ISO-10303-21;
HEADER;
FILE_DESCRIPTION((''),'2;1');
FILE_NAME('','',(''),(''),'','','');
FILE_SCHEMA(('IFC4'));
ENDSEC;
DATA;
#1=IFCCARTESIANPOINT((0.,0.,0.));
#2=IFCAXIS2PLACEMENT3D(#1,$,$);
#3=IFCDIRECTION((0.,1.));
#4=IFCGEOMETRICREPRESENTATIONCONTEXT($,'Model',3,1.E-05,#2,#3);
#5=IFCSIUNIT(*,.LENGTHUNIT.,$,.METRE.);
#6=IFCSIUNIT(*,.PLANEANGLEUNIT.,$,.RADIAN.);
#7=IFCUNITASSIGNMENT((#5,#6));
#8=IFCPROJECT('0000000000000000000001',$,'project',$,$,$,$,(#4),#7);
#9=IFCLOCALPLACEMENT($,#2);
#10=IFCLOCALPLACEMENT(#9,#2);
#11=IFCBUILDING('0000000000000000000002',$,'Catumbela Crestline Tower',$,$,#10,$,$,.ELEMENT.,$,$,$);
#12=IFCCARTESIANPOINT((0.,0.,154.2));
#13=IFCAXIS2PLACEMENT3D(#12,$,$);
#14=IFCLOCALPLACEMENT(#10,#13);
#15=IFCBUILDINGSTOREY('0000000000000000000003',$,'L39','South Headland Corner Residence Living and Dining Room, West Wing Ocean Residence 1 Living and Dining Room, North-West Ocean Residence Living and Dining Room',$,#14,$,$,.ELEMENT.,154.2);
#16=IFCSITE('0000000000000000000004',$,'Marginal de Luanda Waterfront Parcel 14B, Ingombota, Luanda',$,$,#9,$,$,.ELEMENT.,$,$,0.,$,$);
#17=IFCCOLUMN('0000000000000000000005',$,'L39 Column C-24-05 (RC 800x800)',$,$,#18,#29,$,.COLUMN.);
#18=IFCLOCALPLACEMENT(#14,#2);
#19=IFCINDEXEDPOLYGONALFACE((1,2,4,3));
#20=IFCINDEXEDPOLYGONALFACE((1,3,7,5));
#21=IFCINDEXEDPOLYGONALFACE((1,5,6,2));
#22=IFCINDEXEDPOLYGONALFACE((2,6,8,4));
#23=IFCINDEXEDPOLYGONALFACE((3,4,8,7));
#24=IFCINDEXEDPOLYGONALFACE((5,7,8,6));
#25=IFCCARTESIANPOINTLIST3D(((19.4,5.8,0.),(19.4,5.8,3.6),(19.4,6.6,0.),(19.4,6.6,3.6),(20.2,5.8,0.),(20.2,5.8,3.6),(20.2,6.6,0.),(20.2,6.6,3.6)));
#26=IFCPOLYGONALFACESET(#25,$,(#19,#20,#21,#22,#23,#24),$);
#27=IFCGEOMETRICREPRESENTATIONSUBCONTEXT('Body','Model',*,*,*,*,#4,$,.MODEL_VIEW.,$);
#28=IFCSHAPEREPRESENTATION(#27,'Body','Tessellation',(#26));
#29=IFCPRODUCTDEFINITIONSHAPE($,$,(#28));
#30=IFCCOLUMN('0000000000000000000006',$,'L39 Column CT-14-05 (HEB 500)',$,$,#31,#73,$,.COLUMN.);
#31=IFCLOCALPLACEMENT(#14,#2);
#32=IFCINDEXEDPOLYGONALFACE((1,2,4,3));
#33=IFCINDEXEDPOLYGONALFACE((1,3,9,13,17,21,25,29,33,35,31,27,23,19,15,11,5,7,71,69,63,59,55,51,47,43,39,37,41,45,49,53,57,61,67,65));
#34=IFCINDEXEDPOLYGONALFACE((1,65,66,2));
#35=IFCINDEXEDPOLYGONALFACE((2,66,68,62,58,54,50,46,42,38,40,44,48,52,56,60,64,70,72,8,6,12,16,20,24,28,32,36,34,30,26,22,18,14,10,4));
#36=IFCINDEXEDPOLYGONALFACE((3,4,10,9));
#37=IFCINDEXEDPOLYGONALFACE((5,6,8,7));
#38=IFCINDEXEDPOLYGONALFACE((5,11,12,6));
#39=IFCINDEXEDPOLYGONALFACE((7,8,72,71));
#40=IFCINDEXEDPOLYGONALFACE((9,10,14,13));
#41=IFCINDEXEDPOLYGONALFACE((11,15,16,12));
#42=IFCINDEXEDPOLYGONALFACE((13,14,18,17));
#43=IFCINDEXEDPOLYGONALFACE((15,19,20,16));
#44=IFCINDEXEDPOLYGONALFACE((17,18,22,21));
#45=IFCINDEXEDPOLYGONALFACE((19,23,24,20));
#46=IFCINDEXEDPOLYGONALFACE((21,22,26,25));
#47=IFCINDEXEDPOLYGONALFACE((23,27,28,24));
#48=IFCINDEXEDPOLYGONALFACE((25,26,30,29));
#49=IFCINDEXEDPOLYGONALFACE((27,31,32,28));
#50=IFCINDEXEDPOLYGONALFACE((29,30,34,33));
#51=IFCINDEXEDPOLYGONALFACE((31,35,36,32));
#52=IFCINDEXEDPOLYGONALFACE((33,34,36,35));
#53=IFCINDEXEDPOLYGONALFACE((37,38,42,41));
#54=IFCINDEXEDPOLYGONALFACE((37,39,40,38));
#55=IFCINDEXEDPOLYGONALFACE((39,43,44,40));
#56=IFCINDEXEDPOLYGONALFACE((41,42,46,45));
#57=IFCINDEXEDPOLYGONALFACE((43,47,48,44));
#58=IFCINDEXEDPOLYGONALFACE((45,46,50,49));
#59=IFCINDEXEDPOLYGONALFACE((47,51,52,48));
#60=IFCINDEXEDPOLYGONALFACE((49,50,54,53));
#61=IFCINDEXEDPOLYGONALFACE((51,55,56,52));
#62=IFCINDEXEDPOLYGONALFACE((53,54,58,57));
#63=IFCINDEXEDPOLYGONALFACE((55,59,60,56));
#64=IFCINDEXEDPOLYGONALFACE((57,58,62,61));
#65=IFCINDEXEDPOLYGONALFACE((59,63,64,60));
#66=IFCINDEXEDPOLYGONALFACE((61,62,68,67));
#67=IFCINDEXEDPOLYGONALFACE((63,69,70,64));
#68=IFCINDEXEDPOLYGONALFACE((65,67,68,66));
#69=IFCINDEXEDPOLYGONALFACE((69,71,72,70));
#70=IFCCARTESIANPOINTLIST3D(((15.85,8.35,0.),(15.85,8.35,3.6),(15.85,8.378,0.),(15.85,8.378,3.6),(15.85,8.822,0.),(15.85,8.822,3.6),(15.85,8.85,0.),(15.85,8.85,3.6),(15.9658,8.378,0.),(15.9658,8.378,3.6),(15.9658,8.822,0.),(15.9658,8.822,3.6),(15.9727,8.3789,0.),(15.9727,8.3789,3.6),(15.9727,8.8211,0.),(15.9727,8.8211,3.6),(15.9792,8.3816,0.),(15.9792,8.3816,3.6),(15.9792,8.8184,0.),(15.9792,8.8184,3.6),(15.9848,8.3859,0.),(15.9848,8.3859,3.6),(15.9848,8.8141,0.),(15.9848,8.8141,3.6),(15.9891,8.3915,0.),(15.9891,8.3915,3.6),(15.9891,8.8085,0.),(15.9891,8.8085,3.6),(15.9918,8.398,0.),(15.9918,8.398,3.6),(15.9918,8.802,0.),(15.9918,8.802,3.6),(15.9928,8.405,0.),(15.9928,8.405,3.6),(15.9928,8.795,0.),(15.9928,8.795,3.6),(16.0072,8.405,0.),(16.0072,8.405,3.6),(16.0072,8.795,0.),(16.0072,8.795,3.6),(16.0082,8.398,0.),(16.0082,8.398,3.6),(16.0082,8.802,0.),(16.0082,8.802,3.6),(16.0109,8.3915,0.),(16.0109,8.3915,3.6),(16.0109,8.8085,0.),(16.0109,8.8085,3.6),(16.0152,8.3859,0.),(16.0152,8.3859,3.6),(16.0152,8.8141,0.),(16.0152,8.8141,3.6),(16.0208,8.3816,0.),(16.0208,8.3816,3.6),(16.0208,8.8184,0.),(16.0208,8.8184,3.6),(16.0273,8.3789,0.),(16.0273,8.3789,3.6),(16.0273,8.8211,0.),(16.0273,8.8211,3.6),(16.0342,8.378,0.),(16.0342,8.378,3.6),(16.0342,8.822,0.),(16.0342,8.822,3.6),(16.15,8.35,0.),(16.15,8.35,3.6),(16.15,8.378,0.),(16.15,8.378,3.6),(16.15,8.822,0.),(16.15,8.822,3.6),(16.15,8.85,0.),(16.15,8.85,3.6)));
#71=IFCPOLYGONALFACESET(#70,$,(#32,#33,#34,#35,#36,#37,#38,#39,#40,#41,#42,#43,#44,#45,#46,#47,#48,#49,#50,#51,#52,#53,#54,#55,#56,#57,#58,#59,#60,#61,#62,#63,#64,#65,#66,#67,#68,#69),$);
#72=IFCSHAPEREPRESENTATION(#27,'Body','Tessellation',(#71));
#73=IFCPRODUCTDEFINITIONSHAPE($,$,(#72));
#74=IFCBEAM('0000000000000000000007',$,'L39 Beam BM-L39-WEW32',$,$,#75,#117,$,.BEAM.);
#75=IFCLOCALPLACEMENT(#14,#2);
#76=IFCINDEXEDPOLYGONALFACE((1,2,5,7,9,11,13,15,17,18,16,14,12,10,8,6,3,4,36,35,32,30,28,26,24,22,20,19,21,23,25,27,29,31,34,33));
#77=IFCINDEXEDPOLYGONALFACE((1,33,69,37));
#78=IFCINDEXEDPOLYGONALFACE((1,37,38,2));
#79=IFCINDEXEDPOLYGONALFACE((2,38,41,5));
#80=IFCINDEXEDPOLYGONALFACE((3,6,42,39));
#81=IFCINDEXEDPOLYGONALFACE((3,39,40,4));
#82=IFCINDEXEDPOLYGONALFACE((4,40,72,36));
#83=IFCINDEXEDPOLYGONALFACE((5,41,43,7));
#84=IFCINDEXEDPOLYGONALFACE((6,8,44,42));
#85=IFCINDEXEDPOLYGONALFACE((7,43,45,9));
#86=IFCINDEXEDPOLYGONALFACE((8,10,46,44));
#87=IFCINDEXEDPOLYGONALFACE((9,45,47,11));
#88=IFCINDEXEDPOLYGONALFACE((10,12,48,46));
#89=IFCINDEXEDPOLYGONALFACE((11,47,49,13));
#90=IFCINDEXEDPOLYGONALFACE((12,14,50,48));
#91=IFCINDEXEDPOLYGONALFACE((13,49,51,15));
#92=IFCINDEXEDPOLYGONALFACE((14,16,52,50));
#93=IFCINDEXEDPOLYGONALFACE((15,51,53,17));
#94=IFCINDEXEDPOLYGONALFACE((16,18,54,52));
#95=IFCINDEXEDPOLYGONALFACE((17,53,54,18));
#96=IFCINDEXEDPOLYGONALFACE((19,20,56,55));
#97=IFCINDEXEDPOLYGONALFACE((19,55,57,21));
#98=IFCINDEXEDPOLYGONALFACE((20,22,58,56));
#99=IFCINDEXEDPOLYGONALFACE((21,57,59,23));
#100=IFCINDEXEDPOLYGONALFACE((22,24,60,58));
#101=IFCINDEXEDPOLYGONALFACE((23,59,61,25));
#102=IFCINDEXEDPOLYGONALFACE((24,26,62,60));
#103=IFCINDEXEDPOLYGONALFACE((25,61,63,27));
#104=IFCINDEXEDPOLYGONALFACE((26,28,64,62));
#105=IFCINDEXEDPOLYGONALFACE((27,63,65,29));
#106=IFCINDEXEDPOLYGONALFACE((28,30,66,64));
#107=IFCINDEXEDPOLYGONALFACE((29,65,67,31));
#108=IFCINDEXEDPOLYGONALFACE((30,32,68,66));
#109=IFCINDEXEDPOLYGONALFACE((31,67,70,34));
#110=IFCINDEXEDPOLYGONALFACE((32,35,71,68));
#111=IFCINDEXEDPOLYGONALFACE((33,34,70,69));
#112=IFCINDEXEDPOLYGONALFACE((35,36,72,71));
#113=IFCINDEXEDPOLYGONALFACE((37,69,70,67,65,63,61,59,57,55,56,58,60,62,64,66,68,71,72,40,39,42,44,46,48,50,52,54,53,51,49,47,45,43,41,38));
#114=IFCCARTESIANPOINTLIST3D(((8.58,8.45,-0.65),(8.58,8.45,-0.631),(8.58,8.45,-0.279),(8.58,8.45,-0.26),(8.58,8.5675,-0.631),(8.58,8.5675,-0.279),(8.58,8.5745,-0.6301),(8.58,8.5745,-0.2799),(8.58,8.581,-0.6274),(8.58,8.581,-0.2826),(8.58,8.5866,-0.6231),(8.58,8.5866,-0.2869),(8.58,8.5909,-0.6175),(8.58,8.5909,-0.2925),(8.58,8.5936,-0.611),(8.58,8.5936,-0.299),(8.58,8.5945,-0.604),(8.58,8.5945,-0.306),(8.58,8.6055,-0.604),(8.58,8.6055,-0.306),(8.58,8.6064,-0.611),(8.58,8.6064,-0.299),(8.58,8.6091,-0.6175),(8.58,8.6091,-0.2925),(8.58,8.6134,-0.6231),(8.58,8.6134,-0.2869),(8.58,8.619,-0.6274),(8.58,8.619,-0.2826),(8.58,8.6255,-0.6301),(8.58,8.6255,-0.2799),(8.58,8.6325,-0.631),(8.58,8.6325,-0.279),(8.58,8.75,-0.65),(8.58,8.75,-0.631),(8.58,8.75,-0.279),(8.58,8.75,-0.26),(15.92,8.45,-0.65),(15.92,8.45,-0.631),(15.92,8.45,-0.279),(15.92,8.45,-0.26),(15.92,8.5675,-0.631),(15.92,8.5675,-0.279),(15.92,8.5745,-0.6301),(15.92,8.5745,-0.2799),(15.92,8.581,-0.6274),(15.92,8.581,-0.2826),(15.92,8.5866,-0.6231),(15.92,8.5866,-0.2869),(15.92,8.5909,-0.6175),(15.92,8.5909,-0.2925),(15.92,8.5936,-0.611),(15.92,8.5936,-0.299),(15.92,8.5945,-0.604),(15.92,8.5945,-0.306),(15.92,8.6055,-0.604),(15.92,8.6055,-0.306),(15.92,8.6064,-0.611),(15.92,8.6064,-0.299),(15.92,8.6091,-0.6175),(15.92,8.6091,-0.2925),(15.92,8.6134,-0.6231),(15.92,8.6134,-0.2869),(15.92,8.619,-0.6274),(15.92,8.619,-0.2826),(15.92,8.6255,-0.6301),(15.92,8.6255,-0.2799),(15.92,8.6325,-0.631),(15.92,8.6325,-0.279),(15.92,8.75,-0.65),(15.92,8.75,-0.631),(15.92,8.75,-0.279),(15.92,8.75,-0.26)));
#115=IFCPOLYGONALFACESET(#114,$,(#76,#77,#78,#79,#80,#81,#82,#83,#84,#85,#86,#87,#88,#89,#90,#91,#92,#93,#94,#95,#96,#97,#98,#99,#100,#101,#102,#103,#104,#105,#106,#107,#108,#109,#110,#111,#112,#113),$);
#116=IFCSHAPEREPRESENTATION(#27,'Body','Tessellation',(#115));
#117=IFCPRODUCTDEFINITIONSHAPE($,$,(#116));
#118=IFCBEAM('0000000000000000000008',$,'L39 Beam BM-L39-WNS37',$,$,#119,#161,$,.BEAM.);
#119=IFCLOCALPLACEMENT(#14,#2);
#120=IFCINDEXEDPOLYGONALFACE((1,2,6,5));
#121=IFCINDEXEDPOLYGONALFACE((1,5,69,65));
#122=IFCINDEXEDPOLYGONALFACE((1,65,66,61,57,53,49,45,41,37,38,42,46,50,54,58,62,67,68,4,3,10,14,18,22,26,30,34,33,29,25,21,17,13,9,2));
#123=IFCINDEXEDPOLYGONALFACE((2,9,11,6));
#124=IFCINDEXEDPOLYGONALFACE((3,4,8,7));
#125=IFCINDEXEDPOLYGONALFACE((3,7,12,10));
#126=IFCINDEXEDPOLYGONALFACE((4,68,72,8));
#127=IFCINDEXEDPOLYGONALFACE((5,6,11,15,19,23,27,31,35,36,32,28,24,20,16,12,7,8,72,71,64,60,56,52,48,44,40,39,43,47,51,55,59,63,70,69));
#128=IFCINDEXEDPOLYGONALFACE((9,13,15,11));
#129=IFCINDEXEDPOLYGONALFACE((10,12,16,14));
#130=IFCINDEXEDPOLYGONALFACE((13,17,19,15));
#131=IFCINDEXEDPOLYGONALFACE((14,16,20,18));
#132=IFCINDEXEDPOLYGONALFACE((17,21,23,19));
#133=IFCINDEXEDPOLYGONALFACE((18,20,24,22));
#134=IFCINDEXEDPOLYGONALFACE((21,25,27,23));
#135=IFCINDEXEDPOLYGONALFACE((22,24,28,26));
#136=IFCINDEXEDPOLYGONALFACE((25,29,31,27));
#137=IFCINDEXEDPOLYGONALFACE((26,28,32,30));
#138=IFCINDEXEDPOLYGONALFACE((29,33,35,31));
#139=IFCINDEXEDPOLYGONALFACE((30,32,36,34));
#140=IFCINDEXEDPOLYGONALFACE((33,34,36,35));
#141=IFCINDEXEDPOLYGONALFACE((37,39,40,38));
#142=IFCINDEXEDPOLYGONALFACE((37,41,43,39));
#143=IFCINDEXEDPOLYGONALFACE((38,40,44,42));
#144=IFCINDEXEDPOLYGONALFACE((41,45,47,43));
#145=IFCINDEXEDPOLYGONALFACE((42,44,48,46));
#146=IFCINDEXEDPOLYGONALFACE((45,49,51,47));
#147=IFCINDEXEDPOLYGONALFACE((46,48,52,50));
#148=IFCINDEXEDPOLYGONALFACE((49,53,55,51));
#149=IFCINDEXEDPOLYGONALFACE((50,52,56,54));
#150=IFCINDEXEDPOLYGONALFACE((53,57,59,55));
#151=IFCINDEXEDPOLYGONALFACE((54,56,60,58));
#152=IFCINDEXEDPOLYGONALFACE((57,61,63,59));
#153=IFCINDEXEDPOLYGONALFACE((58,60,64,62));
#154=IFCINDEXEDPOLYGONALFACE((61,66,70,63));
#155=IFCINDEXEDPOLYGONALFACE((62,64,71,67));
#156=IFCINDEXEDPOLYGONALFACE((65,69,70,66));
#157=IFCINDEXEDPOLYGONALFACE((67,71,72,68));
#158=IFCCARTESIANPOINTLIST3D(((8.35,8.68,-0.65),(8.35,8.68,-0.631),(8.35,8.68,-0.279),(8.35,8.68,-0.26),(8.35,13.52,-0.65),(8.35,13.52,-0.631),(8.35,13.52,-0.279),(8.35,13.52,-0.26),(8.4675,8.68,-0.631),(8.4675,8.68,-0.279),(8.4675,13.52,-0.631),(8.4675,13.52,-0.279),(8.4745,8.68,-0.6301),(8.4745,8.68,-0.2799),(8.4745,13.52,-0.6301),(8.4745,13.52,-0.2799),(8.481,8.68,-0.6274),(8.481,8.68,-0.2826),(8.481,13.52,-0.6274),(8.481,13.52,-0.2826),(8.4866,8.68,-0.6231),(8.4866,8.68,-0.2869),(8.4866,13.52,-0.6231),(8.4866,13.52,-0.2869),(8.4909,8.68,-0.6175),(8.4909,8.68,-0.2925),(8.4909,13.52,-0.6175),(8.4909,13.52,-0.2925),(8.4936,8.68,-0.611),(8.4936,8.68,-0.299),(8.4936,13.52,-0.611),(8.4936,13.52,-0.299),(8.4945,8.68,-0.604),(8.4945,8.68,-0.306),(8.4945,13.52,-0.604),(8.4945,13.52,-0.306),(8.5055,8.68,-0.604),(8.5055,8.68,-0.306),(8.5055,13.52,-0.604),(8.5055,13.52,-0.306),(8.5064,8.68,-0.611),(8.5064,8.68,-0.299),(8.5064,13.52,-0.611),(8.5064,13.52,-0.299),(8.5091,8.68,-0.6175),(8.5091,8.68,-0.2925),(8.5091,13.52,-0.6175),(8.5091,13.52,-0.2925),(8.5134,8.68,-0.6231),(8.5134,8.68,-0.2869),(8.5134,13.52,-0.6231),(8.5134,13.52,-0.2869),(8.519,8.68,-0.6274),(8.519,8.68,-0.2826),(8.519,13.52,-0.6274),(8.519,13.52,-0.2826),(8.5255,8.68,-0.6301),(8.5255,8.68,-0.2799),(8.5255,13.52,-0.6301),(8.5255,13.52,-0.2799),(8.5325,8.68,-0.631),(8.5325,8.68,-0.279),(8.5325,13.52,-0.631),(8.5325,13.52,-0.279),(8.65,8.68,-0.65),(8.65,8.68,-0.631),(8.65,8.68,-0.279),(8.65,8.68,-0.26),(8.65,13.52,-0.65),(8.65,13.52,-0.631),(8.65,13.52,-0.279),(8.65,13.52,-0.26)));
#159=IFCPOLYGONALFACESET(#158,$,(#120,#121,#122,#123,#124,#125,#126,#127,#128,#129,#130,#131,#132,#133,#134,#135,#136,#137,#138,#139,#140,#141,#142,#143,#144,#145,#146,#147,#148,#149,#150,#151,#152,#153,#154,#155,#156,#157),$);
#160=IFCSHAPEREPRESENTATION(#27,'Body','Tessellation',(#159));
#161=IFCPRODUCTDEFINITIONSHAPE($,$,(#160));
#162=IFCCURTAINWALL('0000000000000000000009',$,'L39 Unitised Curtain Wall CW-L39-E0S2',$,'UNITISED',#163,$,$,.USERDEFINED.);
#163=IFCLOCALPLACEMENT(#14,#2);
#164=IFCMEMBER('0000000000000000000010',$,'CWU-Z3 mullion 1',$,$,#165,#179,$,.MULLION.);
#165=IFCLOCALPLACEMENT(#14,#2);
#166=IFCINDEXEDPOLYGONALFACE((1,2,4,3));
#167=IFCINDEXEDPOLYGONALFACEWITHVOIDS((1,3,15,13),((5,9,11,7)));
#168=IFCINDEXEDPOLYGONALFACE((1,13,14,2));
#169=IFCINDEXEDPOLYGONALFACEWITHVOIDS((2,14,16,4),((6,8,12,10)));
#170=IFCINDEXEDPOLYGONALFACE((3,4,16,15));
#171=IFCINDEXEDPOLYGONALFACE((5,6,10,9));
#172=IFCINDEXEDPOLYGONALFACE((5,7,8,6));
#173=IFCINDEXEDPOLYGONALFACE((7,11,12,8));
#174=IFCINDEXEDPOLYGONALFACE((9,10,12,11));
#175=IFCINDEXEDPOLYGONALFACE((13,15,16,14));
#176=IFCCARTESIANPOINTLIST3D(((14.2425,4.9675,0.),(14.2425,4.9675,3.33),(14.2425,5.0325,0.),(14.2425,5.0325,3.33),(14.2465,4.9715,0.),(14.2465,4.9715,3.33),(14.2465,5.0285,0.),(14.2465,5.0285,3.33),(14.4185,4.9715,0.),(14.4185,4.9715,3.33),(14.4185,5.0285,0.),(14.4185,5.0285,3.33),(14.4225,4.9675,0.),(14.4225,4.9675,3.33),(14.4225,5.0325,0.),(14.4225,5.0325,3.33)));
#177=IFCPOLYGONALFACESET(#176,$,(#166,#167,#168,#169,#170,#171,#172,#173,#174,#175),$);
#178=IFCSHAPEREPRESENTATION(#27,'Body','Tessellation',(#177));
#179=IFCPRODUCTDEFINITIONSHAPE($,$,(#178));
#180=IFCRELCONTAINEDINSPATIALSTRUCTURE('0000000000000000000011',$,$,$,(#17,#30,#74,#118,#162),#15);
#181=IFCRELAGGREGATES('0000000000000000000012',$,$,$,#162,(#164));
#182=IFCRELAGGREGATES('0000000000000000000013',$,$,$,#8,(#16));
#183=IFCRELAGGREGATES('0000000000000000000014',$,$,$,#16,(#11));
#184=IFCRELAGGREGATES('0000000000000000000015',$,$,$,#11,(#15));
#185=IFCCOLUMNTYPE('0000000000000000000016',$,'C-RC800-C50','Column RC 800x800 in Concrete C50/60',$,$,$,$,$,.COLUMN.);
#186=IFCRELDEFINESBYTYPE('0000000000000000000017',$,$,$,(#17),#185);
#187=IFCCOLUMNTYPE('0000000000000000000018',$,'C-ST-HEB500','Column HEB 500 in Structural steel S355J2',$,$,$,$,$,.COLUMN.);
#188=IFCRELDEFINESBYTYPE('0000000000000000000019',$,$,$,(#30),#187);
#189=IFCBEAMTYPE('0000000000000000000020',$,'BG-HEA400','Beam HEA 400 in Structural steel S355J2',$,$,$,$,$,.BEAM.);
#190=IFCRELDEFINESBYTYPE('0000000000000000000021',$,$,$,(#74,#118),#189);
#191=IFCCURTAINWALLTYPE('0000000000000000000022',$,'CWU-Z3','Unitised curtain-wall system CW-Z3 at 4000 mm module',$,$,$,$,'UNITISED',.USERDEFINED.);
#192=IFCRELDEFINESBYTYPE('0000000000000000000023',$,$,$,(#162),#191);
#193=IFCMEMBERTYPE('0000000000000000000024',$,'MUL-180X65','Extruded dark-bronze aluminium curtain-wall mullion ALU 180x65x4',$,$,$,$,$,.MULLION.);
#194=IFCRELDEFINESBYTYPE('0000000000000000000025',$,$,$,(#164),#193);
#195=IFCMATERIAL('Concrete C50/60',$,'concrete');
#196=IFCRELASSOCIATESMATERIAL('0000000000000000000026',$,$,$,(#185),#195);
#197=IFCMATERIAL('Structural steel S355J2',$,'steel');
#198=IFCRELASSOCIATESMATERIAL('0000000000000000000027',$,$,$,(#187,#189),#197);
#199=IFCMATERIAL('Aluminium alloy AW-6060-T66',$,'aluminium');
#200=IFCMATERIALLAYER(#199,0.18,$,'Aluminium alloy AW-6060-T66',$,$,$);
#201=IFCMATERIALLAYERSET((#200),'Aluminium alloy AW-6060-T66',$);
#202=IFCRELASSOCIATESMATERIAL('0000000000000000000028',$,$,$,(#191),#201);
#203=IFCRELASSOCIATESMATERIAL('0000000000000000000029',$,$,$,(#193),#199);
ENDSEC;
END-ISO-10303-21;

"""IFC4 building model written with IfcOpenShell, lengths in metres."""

from ifc_helpers import new_model, si_unit, direction, frame, origin, origin_2d, place, context, subcontext, project, spatial, rectangle, hollow_rectangle, i_section, extrude, material, layer, layer_set, material_profile, profile_set, type_object, element, aggregate, save


model = new_model("IFC4")

# Units and contexts
model_context = context("Model", 3, precision=1e-05, world=origin(), true_north=direction((0.0, 1.0)))
body_context = subcontext(model_context, "Body", "Model", "MODEL_VIEW")
ifc_project = project(units=[si_unit("LENGTHUNIT", "METRE"), si_unit("PLANEANGLEUNIT", "RADIAN")], contexts=[model_context])

# Site, building, storey
site_placement = place(None, origin())
site = spatial("IfcSite", under=ifc_project, at=site_placement, Name="Marginal de Luanda Waterfront Parcel 14B, Ingombota, Luanda", CompositionType="ELEMENT", RefElevation=0.0)
building_placement = place(site_placement, origin())
building = spatial("IfcBuilding", under=site, at=building_placement, Name="Catumbela Crestline Tower", CompositionType="ELEMENT")
storey_placement = place(building_placement, frame((0.0, 0.0, 154.2)))
storey = spatial("IfcBuildingStorey", under=building, at=storey_placement, Name="L39", Description="South Headland Corner Residence Living and Dining Room, West Wing Ocean Residence 1 Living and Dining Room, North-West Ocean Residence Living and Dining Room", CompositionType="ELEMENT", Elevation=154.2)

# Columns
ifc_material_1 = material(Name="Concrete C50/60", Category="concrete")
ifc_material_profile_1 = material_profile(ifc_material_1, rectangle(XDim=0.8, YDim=0.8, at=origin_2d()), Name="RC 800x800")
ifc_profile_set_1 = profile_set([ifc_material_profile_1], Name="Concrete C50/60")
column_type_1 = type_object("IfcColumnType", Name="C-RC800-C50", Description="Column RC 800x800 in Concrete C50/60", PredefinedType="COLUMN", material=ifc_profile_set_1)
column_1_placement = place(storey_placement, frame((19.8, 6.2, 0.0), z_axis=(0.0, 0.0, 1.0), x_axis=(1.0, 0.0, 0.0)))
element("IfcColumn", 1, at=column_1_placement, inside=storey, type_object=column_type_1, Name="L39 Column C-24-05 (RC 800x800)", PredefinedType="COLUMN", context=body_context, shape_type="SweptSolid", body=[
    extrude(rectangle(XDim=0.8, YDim=0.8, at=origin_2d()), origin(), (0.0, 0.0, 1.0), 3.6),
])
ifc_material_2 = material(Name="Structural steel S355J2", Category="steel")
ifc_material_profile_2 = material_profile(ifc_material_2, i_section(OverallWidth=0.3, OverallDepth=0.5, WebThickness=0.0145, FlangeThickness=0.028, FilletRadius=0.027, at=origin_2d()), Name="HEB 500")
ifc_profile_set_2 = profile_set([ifc_material_profile_2], Name="Structural steel S355J2")
column_type_2 = type_object("IfcColumnType", Name="C-ST-HEB500", Description="Column HEB 500 in Structural steel S355J2", PredefinedType="COLUMN", material=ifc_profile_set_2)
column_2_placement = place(storey_placement, frame((16.0, 8.6, 0.0), z_axis=(0.0, 0.0, 1.0), x_axis=(1.0, 0.0, 0.0)))
element("IfcColumn", 2, at=column_2_placement, inside=storey, type_object=column_type_2, Name="L39 Column CT-14-05 (HEB 500)", PredefinedType="COLUMN", context=body_context, shape_type="SweptSolid", body=[
    extrude(i_section(OverallWidth=0.3, OverallDepth=0.5, WebThickness=0.0145, FlangeThickness=0.028, FilletRadius=0.027, at=origin_2d()), origin(), (0.0, 0.0, 1.0), 3.6),
])

# Beams
ifc_material_profile_3 = material_profile(ifc_material_2, i_section(OverallWidth=0.3, OverallDepth=0.39, WebThickness=0.011, FlangeThickness=0.019, FilletRadius=0.027, at=origin_2d()), Name="HEA 400")
ifc_profile_set_3 = profile_set([ifc_material_profile_3], Name="Structural steel S355J2")
beam_type = type_object("IfcBeamType", Name="BG-HEA400", Description="Beam HEA 400 in Structural steel S355J2", PredefinedType="BEAM", material=ifc_profile_set_3)
beam_1_placement = place(storey_placement, frame((8.58, 8.6, -0.455), z_axis=(1.0, 0.0, 0.0), x_axis=(0.0, 1.0, 0.0)))
element("IfcBeam", 3, at=beam_1_placement, inside=storey, type_object=beam_type, Name="L39 Beam BM-L39-WEW32", PredefinedType="BEAM", context=body_context, shape_type="SweptSolid", body=[
    extrude(i_section(OverallWidth=0.3, OverallDepth=0.39, WebThickness=0.011, FlangeThickness=0.019, FilletRadius=0.027, at=origin_2d()), origin(), (0.0, 0.0, 1.0), 7.34),
])
beam_2_placement = place(storey_placement, frame((8.5, 8.68, -0.455), z_axis=(0.0, 1.0, 0.0), x_axis=(-1.0, 0.0, 0.0)))
element("IfcBeam", 4, at=beam_2_placement, inside=storey, type_object=beam_type, Name="L39 Beam BM-L39-WNS37", PredefinedType="BEAM", context=body_context, shape_type="SweptSolid", body=[
    extrude(i_section(OverallWidth=0.3, OverallDepth=0.39, WebThickness=0.011, FlangeThickness=0.019, FilletRadius=0.027, at=origin_2d()), origin(), (0.0, 0.0, 1.0), 4.84),
])

# Curtain wall, member
ifc_material_3 = material(Name="Aluminium alloy AW-6060-T66", Category="aluminium")
ifc_layer_1 = layer(ifc_material_3, 0.18, Name="Aluminium alloy AW-6060-T66")
ifc_layer_set_1 = layer_set([ifc_layer_1], Name="Aluminium alloy AW-6060-T66")
curtain_wall_type = type_object("IfcCurtainWallType", Name="CWU-Z3", Description="Unitised curtain-wall system CW-Z3 at 4000 mm module", ElementType="UNITISED", PredefinedType="USERDEFINED", material=ifc_layer_set_1)
curtain_wall_placement = place(storey_placement, origin())
curtain_wall = element("IfcCurtainWall", 5, at=curtain_wall_placement, inside=storey, type_object=curtain_wall_type, Name="L39 Unitised Curtain Wall CW-L39-E0S2", ObjectType="UNITISED", PredefinedType="USERDEFINED")
ifc_material_profile_4 = material_profile(ifc_material_3, hollow_rectangle(XDim=0.065, YDim=0.18, WallThickness=0.004, at=origin_2d()), Name="ALU 180x65x4")
ifc_profile_set_4 = profile_set([ifc_material_profile_4], Name="Aluminium alloy AW-6060-T66")
member_type_1 = type_object("IfcMemberType", Name="MUL-180X65", Description="Extruded dark-bronze aluminium curtain-wall mullion ALU 180x65x4", PredefinedType="MULLION", material=ifc_profile_set_4)
member_1_placement = place(storey_placement, frame((14.3325, 5.0, 0.0), z_axis=(0.0, 0.0, 1.0), x_axis=(0.0, 1.0, 0.0)))
member_1 = element("IfcMember", 6, at=member_1_placement, type_object=member_type_1, Name="CWU-Z3 mullion 1", PredefinedType="MULLION", context=body_context, shape_type="SweptSolid", body=[
    extrude(hollow_rectangle(XDim=0.065, YDim=0.18, WallThickness=0.004, at=origin_2d()), origin(), (0.0, 0.0, 1.0), 3.33),
])
aggregate(curtain_wall, [member_1])

save(model, "model.ifc")
